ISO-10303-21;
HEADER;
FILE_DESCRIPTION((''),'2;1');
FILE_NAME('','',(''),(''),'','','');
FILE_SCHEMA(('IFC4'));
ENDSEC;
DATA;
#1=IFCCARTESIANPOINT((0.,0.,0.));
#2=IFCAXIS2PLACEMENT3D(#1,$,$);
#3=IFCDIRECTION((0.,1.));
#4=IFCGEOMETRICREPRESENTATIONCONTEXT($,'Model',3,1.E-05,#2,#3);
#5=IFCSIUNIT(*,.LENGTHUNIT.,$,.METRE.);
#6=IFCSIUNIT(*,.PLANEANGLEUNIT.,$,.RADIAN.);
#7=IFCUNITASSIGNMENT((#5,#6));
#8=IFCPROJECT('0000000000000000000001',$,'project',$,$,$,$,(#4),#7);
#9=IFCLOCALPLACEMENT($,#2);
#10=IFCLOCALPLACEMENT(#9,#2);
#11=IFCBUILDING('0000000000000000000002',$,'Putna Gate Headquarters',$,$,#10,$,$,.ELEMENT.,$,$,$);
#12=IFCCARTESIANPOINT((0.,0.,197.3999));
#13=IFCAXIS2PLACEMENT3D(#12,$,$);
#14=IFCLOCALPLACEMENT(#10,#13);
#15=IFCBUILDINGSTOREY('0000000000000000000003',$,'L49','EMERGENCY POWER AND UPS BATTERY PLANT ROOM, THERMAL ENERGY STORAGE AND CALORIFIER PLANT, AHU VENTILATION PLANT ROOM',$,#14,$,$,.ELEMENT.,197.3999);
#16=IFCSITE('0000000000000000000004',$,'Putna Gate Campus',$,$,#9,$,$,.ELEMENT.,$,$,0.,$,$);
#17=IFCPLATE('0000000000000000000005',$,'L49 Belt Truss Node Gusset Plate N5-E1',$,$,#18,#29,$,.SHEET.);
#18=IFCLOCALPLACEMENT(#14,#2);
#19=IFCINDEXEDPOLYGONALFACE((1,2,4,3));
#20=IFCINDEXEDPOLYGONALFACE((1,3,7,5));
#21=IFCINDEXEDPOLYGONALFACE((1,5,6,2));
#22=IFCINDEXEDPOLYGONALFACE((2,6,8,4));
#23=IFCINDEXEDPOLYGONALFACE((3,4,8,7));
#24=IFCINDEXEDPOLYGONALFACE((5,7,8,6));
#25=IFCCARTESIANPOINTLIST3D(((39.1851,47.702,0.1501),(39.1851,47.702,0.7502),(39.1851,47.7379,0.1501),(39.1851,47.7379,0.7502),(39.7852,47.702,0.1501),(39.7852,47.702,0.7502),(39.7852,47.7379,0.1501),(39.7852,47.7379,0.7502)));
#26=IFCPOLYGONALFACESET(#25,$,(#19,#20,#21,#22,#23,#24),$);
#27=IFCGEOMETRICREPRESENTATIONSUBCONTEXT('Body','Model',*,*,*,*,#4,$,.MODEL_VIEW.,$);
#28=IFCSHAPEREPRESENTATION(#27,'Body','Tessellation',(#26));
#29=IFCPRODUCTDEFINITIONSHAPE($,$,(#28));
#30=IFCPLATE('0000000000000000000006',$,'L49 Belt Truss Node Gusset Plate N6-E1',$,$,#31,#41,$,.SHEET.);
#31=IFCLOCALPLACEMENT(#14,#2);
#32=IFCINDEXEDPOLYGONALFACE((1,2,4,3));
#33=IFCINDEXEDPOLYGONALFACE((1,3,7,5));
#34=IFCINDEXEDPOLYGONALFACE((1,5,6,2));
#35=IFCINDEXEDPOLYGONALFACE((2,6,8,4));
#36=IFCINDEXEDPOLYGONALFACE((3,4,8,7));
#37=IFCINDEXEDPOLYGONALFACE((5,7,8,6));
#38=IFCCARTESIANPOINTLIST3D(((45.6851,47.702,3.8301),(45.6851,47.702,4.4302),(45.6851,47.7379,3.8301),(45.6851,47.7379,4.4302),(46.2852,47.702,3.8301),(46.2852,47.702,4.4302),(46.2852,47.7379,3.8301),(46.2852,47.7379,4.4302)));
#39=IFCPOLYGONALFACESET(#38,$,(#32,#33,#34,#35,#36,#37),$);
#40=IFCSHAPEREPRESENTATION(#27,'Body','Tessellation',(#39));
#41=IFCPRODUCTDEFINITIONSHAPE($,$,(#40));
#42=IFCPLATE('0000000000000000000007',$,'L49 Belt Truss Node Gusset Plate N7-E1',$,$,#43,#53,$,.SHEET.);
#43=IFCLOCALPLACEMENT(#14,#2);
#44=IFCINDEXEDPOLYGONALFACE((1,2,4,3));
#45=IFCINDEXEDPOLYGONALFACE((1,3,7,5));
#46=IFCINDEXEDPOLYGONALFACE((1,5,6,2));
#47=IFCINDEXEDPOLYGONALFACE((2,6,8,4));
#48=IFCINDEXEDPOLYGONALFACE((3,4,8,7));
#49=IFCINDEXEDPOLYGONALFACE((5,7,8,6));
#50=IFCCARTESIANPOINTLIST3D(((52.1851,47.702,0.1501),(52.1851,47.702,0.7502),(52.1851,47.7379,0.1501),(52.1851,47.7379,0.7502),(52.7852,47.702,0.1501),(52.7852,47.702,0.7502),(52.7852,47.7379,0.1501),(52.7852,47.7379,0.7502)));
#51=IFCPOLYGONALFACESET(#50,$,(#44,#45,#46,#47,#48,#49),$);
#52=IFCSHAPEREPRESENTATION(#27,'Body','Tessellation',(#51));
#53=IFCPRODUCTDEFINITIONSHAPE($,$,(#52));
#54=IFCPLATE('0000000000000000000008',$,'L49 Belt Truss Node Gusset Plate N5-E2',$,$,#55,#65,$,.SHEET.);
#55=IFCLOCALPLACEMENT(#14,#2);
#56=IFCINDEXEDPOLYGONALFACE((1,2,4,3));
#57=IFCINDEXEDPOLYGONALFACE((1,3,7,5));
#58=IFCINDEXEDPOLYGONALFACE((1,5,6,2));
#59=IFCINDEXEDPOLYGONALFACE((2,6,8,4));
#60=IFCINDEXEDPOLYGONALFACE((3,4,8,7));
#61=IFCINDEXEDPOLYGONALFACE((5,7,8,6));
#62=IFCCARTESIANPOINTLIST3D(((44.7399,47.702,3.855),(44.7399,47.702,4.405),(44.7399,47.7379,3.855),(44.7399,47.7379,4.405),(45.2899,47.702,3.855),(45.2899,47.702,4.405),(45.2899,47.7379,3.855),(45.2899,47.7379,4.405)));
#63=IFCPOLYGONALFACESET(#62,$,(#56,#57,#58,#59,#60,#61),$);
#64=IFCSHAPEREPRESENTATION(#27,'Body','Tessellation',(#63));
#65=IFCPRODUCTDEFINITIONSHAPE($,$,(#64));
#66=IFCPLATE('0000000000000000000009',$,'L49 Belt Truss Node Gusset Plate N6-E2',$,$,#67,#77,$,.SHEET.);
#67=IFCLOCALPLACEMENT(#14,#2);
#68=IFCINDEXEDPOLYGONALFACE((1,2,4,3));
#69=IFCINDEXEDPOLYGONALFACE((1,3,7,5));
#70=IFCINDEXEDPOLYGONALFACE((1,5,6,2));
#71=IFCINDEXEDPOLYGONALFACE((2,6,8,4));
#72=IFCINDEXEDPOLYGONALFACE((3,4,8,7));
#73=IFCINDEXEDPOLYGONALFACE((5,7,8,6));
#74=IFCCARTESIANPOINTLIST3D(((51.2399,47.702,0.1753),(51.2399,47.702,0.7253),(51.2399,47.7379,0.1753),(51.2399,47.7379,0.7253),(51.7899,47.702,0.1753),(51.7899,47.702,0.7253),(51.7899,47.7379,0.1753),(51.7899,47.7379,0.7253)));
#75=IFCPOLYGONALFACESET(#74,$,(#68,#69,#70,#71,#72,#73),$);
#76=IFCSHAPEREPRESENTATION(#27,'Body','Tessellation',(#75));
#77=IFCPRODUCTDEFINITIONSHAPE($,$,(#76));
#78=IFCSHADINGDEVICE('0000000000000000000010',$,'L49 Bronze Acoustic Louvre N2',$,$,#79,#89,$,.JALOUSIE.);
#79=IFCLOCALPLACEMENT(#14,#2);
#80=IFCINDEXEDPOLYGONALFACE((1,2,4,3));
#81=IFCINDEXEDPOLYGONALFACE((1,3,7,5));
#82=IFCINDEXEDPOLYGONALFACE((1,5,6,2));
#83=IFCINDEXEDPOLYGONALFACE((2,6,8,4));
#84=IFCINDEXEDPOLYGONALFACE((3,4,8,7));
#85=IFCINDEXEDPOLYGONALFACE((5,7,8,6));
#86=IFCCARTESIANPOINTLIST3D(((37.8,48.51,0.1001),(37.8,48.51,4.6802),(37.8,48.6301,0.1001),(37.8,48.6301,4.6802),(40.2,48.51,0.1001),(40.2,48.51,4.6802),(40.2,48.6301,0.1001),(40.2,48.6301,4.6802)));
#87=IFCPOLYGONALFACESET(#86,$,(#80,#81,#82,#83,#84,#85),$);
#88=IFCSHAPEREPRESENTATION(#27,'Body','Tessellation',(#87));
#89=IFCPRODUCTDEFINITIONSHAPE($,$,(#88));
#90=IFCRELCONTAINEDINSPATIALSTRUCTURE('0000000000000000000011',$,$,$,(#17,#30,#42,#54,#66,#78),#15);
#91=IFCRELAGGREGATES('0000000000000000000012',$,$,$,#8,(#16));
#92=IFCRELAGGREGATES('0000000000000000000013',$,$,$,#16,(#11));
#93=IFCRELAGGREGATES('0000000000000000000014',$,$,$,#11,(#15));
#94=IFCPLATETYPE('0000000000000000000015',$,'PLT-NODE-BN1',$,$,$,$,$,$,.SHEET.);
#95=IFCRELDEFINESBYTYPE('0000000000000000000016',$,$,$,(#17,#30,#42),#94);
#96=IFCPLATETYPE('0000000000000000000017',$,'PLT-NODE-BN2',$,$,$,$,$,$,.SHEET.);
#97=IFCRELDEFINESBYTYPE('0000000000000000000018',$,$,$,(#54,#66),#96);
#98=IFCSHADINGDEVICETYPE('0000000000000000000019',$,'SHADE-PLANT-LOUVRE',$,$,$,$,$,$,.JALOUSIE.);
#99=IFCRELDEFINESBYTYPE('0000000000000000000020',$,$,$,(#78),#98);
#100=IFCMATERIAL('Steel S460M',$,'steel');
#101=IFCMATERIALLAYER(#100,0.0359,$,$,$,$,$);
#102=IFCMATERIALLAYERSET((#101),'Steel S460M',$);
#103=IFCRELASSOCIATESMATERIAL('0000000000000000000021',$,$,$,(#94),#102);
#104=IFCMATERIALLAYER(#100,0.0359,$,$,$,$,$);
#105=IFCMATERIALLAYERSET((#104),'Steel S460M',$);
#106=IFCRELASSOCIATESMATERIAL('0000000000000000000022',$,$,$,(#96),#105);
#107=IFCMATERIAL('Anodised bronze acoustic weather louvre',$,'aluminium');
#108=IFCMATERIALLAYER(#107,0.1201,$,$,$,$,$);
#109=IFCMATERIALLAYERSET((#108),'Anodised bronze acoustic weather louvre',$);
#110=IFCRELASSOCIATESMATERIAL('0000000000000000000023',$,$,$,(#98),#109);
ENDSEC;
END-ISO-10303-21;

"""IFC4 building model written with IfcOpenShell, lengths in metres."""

from ifc_helpers import new_model, si_unit, direction, frame, origin, origin_2d, place, context, subcontext, project, spatial, rectangle, extrude, material, layer, layer_set, type_object, element, save


model = new_model("IFC4")

# Units and contexts
model_context = context("Model", 3, precision=1e-05, world=origin(), true_north=direction((0.0, 1.0)))
body_context = subcontext(model_context, "Body", "Model", "MODEL_VIEW")
ifc_project = project(units=[si_unit("LENGTHUNIT", "METRE"), si_unit("PLANEANGLEUNIT", "RADIAN")], contexts=[model_context])

# Site, building, storey
site_placement = place(None, origin())
site = spatial("IfcSite", under=ifc_project, at=site_placement, Name="Putna Gate Campus", CompositionType="ELEMENT", RefElevation=0.0)
building_placement = place(site_placement, origin())
building = spatial("IfcBuilding", under=site, at=building_placement, Name="Putna Gate Headquarters", CompositionType="ELEMENT")
storey_placement = place(building_placement, frame((0.0, 0.0, 197.3999)))
storey = spatial("IfcBuildingStorey", under=building, at=storey_placement, Name="L49", Description="EMERGENCY POWER AND UPS BATTERY PLANT ROOM, THERMAL ENERGY STORAGE AND CALORIFIER PLANT, AHU VENTILATION PLANT ROOM", CompositionType="ELEMENT", Elevation=197.3999)

# Shared definitions
ifc_material_1 = material(Name="Steel S460M", Category="steel")

# Plates
ifc_layer_1 = layer(ifc_material_1, 0.0359)
ifc_layer_set_1 = layer_set([ifc_layer_1], Name="Steel S460M")
plate_type_1 = type_object("IfcPlateType", Name="PLT-NODE-BN1", PredefinedType="SHEET", material=ifc_layer_set_1)
for number, where, z_axis, x_axis, name in (
    (1, (39.4851, 47.72, 0.1501), (0.0, 0.0, 1.0), (1.0, 0.0, 0.0), "L49 Belt Truss Node Gusset Plate N5-E1"),
    (2, (45.9851, 47.72, 3.8301), (0.0, 0.0, 1.0), (1.0, 0.0, 0.0), "L49 Belt Truss Node Gusset Plate N6-E1"),
    (3, (52.4851, 47.72, 0.1501), (0.0, 0.0, 1.0), (1.0, 0.0, 0.0), "L49 Belt Truss Node Gusset Plate N7-E1"),
):
    element("IfcPlate", number, at=place(storey_placement, frame(where, z_axis=z_axis, x_axis=x_axis)), inside=storey, type_object=plate_type_1, Name=name, PredefinedType="SHEET", context=body_context, shape_type="SweptSolid", body=[
        extrude(rectangle(XDim=0.6001, YDim=0.0359, at=origin_2d()), origin(), (0.0, 0.0, 1.0), 0.6001),
    ])
ifc_layer_2 = layer(ifc_material_1, 0.0359)
ifc_layer_set_2 = layer_set([ifc_layer_2], Name="Steel S460M")
plate_type_2 = type_object("IfcPlateType", Name="PLT-NODE-BN2", PredefinedType="SHEET", material=ifc_layer_set_2)
for number, where, z_axis, x_axis, name in (
    (4, (45.0149, 47.72, 3.855), (0.0, 0.0, 1.0), (1.0, 0.0, 0.0), "L49 Belt Truss Node Gusset Plate N5-E2"),
    (5, (51.5149, 47.72, 0.1753), (0.0, 0.0, 1.0), (1.0, 0.0, 0.0), "L49 Belt Truss Node Gusset Plate N6-E2"),
):
    element("IfcPlate", number, at=place(storey_placement, frame(where, z_axis=z_axis, x_axis=x_axis)), inside=storey, type_object=plate_type_2, Name=name, PredefinedType="SHEET", context=body_context, shape_type="SweptSolid", body=[
        extrude(rectangle(XDim=0.55, YDim=0.0359, at=origin_2d()), origin(), (0.0, 0.0, 1.0), 0.55),
    ])

# Shading device
ifc_material_2 = material(Name="Anodised bronze acoustic weather louvre", Category="aluminium")
ifc_layer_3 = layer(ifc_material_2, 0.1201)
ifc_layer_set_3 = layer_set([ifc_layer_3], Name="Anodised bronze acoustic weather louvre")
shading_device_type = type_object("IfcShadingDeviceType", Name="SHADE-PLANT-LOUVRE", PredefinedType="JALOUSIE", material=ifc_layer_set_3)
shading_device_placement = place(storey_placement, frame((39.0, 48.5701, 0.1001), z_axis=(0.0, 0.0, 1.0), x_axis=(1.0, 0.0, 0.0)))
element("IfcShadingDevice", 6, at=shading_device_placement, inside=storey, type_object=shading_device_type, Name="L49 Bronze Acoustic Louvre N2", PredefinedType="JALOUSIE", context=body_context, shape_type="SweptSolid", body=[
    extrude(rectangle(XDim=2.3999, YDim=0.1201, at=origin_2d()), origin(), (0.0, 0.0, 1.0), 4.5801),
])

save(model, "model.ifc")
